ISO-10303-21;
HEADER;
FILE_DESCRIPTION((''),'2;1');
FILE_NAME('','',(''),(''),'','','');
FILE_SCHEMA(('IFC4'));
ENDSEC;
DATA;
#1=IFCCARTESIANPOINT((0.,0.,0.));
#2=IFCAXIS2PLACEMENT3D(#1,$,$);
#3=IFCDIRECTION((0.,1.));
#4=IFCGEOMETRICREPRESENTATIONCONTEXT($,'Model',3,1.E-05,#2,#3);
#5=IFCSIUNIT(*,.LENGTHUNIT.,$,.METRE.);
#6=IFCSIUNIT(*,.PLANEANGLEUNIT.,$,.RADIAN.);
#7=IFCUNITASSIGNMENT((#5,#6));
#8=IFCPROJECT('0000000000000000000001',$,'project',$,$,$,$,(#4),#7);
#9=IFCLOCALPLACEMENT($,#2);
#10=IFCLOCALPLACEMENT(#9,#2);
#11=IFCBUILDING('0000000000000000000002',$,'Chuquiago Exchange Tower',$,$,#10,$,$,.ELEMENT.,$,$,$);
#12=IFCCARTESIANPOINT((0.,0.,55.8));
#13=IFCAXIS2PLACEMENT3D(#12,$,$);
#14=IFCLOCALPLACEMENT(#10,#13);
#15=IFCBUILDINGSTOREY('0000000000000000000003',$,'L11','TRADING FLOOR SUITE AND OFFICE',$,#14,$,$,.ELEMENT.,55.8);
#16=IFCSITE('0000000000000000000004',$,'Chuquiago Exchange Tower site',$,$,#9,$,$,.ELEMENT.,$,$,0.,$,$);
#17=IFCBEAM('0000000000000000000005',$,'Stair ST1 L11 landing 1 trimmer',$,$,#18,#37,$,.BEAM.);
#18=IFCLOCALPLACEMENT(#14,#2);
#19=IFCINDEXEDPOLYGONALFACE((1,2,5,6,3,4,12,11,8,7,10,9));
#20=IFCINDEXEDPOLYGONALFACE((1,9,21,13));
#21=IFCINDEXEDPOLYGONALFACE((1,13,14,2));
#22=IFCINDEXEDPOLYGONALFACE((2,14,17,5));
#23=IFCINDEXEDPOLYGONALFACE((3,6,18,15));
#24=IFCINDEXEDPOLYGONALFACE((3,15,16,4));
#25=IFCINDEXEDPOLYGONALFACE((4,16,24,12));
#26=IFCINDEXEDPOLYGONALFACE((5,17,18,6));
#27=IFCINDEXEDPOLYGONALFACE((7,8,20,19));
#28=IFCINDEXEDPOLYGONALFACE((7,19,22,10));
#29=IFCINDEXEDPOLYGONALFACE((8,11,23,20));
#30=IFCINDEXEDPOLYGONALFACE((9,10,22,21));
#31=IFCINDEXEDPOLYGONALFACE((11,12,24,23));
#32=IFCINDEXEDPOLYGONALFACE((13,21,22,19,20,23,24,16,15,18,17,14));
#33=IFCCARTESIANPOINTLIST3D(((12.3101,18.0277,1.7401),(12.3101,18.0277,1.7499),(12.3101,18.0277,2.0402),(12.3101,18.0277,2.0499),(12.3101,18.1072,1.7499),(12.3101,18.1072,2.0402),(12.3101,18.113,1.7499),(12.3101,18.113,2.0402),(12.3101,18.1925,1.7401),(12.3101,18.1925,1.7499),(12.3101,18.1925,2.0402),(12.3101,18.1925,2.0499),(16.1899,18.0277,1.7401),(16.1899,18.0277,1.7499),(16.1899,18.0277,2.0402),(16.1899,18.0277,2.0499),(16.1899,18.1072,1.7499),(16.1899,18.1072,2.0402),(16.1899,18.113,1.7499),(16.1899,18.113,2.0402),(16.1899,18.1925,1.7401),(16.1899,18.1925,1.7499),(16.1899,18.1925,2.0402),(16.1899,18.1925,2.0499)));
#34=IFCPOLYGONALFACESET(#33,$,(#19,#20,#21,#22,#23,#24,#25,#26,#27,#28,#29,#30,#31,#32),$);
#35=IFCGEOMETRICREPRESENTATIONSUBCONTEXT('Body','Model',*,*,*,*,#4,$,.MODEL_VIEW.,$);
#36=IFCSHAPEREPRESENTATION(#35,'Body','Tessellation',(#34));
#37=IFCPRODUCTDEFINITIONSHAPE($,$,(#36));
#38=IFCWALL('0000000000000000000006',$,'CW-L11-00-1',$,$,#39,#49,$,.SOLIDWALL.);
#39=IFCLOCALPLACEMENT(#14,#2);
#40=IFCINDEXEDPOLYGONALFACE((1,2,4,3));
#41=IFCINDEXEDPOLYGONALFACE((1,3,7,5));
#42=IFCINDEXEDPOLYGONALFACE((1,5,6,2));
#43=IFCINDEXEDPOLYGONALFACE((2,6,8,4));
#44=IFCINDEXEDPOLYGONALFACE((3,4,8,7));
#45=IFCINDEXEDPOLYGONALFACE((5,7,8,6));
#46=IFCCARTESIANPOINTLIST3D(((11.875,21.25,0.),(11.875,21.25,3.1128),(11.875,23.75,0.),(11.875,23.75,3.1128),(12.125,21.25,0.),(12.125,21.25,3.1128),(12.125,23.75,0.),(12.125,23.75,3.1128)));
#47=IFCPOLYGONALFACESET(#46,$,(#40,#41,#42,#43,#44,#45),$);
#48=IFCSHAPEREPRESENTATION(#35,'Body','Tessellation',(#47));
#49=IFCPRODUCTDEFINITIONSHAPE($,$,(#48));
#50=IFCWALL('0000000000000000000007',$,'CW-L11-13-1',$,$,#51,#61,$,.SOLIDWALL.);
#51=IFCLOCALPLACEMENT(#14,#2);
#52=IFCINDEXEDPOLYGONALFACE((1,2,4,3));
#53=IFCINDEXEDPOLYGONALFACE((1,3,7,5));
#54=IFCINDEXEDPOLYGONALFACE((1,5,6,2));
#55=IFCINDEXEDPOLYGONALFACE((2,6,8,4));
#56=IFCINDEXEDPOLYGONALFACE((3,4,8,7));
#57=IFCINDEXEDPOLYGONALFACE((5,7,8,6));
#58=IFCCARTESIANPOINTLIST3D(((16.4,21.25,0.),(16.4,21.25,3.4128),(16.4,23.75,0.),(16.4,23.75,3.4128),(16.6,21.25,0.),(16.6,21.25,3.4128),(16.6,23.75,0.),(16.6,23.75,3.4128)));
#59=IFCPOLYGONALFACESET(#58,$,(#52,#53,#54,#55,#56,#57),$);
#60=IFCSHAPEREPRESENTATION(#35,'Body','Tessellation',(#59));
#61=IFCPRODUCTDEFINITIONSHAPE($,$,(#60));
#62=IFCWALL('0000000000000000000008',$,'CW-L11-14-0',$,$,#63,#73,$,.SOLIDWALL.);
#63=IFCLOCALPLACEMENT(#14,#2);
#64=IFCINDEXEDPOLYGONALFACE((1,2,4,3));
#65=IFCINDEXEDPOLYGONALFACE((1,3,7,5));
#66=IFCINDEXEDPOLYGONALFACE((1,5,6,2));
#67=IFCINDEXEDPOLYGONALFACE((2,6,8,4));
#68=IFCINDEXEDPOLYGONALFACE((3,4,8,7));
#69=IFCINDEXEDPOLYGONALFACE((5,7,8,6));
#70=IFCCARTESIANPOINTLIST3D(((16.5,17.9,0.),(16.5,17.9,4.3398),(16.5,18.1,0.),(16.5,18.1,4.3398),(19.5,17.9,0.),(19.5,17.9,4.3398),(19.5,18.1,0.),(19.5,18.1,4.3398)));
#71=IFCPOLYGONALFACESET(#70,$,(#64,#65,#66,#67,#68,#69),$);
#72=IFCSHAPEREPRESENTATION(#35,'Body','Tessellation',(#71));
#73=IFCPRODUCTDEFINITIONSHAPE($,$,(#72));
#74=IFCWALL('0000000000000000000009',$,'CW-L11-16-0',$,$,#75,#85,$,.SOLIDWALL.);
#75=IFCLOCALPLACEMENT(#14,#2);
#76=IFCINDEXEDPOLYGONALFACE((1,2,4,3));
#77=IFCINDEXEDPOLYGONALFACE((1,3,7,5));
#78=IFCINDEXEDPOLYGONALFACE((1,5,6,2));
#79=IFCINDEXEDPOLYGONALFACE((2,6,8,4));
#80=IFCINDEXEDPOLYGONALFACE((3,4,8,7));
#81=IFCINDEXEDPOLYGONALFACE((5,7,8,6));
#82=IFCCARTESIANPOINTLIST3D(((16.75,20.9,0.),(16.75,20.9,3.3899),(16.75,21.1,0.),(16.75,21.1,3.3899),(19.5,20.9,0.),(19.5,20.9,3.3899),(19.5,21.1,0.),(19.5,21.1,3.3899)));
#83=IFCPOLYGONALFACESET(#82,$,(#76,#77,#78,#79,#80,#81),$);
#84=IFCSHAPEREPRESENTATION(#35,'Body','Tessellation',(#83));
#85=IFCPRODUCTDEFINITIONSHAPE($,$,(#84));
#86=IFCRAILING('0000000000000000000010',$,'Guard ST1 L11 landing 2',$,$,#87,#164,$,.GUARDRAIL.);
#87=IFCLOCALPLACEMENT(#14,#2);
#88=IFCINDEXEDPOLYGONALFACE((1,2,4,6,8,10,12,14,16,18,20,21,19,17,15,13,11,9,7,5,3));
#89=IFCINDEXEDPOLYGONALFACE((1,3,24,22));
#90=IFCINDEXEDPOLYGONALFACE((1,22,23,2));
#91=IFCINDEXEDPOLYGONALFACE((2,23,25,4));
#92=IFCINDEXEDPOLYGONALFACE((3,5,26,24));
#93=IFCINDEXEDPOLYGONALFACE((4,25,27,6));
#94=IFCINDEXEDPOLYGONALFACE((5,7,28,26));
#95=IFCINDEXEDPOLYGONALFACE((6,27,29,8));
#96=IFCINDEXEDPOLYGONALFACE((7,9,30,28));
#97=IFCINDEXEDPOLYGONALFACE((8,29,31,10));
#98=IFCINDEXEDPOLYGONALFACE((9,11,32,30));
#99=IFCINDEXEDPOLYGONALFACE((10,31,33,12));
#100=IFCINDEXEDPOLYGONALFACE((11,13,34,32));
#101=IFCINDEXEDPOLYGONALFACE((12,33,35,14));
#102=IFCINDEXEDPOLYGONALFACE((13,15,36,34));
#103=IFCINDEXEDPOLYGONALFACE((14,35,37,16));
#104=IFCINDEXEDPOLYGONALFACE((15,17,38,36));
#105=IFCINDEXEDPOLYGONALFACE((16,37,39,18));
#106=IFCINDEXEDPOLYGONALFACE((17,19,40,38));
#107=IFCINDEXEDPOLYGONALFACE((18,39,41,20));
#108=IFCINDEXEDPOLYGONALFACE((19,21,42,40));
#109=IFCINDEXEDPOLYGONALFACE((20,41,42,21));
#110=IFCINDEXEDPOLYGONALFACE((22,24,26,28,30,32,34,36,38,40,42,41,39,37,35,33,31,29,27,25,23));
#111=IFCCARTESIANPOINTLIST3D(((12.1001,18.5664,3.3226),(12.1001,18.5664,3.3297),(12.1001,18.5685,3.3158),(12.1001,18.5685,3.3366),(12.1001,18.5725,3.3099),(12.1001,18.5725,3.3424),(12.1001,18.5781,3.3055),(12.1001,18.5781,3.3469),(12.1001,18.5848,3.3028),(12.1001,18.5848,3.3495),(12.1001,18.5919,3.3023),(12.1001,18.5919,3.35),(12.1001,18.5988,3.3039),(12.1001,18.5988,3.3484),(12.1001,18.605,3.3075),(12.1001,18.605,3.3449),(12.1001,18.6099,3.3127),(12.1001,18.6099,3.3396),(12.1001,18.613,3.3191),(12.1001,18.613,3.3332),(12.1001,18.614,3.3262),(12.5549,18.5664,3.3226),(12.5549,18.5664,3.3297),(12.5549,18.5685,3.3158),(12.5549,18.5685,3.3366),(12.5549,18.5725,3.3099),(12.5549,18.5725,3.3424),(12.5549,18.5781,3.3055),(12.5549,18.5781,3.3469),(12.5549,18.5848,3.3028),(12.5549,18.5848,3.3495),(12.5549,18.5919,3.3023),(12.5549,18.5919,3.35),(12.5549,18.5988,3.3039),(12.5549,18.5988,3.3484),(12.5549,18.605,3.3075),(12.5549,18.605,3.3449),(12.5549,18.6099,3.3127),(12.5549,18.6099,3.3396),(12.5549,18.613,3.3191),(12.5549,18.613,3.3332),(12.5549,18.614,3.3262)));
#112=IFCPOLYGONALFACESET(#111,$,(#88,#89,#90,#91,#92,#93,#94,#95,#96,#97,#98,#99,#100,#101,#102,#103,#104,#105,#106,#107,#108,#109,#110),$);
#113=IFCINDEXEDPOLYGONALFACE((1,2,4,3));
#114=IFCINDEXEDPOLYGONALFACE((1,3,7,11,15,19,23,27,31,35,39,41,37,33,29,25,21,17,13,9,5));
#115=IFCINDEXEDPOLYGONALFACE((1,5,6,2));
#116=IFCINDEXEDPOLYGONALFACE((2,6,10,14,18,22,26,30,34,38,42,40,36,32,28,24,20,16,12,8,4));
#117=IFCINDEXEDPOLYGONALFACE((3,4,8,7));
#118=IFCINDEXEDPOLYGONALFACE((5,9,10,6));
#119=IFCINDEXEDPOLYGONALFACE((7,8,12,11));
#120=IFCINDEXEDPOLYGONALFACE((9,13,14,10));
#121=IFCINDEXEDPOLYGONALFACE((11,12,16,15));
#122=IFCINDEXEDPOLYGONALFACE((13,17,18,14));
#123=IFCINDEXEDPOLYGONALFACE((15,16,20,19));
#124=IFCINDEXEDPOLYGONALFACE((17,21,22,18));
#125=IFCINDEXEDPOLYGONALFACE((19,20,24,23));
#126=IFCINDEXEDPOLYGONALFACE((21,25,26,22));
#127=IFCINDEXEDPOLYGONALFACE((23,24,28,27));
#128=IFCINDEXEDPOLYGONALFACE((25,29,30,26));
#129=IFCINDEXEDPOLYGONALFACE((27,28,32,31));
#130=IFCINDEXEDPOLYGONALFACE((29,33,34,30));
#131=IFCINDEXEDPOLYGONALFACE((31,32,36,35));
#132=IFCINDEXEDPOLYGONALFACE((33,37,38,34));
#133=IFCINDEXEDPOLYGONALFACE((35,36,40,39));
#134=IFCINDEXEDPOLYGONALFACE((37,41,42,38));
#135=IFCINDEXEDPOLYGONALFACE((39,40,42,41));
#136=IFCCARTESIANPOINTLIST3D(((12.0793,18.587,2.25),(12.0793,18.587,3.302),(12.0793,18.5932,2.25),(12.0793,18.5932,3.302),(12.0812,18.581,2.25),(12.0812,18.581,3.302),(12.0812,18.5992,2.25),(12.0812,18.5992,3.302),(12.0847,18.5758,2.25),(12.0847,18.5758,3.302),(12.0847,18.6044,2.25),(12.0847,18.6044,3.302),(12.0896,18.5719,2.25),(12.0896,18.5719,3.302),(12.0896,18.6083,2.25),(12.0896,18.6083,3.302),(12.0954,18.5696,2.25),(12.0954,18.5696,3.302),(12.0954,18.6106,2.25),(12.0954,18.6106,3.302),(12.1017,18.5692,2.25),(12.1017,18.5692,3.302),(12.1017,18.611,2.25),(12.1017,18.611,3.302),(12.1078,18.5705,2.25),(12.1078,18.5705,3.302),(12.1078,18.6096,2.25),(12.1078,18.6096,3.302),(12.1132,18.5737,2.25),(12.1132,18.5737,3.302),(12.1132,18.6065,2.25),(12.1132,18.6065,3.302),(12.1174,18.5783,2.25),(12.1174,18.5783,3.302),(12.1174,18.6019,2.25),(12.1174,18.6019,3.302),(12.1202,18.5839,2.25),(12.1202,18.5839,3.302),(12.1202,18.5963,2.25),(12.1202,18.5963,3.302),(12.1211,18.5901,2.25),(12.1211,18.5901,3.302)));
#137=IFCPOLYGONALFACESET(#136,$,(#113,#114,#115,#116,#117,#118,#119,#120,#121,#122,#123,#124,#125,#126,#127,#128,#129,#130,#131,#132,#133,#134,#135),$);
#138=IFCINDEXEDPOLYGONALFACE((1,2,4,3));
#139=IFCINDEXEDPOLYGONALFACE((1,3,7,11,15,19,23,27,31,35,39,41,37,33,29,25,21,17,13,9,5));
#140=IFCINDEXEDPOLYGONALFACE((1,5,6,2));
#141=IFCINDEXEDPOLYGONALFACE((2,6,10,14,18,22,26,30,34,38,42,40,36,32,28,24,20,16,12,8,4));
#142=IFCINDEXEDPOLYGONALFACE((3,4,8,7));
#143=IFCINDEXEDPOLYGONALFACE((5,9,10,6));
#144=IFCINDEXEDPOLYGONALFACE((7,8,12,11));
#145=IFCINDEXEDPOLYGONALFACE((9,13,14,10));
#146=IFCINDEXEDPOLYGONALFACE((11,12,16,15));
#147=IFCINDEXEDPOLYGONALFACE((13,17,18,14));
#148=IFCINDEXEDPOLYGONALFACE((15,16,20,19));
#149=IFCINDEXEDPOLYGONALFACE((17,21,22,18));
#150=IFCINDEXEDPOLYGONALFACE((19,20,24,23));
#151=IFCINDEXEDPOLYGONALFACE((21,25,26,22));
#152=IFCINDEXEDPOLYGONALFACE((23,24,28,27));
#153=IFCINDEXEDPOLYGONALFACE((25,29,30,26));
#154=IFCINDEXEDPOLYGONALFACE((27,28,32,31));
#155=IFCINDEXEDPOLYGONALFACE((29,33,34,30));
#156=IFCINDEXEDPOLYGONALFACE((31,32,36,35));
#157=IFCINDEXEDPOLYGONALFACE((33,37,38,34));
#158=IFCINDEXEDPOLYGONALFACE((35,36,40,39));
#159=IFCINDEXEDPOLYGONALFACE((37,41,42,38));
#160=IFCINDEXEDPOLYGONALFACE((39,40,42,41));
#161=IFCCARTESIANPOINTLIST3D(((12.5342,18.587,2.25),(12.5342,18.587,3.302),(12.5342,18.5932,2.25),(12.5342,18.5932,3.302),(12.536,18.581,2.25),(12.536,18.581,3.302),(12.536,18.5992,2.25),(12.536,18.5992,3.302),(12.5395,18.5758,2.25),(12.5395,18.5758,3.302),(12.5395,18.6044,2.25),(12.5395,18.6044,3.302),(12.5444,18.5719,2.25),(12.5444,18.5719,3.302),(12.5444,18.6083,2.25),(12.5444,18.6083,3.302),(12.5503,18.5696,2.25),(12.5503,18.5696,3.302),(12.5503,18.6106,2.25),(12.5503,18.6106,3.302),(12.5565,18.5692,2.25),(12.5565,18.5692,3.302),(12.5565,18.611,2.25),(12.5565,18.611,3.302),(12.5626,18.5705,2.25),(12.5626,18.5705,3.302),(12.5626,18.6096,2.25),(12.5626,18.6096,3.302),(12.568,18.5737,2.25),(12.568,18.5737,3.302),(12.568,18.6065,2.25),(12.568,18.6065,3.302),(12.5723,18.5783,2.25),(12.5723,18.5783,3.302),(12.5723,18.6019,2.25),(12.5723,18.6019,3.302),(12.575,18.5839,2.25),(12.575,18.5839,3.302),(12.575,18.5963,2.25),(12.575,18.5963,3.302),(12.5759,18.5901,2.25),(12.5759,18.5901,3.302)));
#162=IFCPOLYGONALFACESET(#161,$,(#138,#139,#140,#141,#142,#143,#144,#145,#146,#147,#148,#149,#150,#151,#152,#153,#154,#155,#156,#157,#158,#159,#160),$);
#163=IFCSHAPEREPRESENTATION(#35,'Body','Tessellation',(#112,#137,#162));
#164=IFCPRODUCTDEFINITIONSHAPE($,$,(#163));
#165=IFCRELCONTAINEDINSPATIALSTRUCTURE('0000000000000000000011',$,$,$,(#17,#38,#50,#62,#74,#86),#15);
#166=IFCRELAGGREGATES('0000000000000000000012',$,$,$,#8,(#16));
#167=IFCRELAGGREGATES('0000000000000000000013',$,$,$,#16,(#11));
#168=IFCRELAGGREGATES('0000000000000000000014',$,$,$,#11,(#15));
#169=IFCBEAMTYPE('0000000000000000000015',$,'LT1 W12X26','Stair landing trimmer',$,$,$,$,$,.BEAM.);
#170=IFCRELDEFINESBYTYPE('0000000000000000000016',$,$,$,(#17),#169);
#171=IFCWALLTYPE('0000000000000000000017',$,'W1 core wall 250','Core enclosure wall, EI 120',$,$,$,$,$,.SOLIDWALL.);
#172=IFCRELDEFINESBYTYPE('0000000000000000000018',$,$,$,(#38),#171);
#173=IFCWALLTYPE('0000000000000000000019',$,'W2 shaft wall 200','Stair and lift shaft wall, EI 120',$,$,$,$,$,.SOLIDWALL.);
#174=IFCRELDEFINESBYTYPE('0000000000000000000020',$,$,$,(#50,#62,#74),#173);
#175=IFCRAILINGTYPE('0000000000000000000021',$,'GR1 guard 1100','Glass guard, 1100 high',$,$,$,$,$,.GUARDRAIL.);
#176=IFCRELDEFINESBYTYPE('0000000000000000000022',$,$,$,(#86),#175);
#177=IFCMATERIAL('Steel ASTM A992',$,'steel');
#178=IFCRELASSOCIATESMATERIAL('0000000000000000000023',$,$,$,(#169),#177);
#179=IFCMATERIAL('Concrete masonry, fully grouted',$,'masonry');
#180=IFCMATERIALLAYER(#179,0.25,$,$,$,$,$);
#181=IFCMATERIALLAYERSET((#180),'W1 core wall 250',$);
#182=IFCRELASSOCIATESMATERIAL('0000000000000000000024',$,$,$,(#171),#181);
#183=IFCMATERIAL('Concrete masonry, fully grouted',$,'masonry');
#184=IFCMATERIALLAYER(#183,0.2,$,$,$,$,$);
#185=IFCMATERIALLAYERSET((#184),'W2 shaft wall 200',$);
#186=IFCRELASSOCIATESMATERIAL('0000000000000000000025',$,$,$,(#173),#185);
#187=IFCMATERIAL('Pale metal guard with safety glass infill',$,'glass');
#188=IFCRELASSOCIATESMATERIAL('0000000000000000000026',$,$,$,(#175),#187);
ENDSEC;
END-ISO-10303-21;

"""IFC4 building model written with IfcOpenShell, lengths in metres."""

from ifc_helpers import new_model, si_unit, direction, frame, frame_2d, origin, origin_2d, place, context, subcontext, project, spatial, rectangle, circle, i_section, extrude, material, layer, layer_set, material_profile, profile_set, type_object, element, save


model = new_model("IFC4")

# Units and contexts
model_context = context("Model", 3, precision=1e-05, world=origin(), true_north=direction((0.0, 1.0)))
body_context = subcontext(model_context, "Body", "Model", "MODEL_VIEW")
ifc_project = project(units=[si_unit("LENGTHUNIT", "METRE"), si_unit("PLANEANGLEUNIT", "RADIAN")], contexts=[model_context])

# Site, building, storey
site_placement = place(None, origin())
site = spatial("IfcSite", under=ifc_project, at=site_placement, Name="Chuquiago Exchange Tower site", CompositionType="ELEMENT", RefElevation=0.0)
building_placement = place(site_placement, origin())
building = spatial("IfcBuilding", under=site, at=building_placement, Name="Chuquiago Exchange Tower", CompositionType="ELEMENT")
storey_placement = place(building_placement, frame((0.0, 0.0, 55.8)))
storey = spatial("IfcBuildingStorey", under=building, at=storey_placement, Name="L11", Description="TRADING FLOOR SUITE AND OFFICE", CompositionType="ELEMENT", Elevation=55.8)

# Beam
ifc_material_1 = material(Name="Steel ASTM A992", Category="steel")
ifc_material_profile_1 = material_profile(ifc_material_1, i_section(OverallWidth=0.1648, OverallDepth=0.3098, WebThickness=0.0059, FlangeThickness=0.0098, at=origin_2d()), Name="W12X26")
ifc_profile_set_1 = profile_set([ifc_material_profile_1], Name="Steel ASTM A992")
beam_type_1 = type_object("IfcBeamType", Name="LT1 W12X26", Description="Stair landing trimmer", PredefinedType="BEAM", material=ifc_profile_set_1)
beam_1_placement = place(storey_placement, frame((12.3101, 18.1101, 1.895), z_axis=(1.0, 0.0, 0.0), x_axis=(0.0, 1.0, 0.0)))
element("IfcBeam", 1, at=beam_1_placement, inside=storey, type_object=beam_type_1, Name="Stair ST1 L11 landing 1 trimmer", PredefinedType="BEAM", context=body_context, shape_type="SweptSolid", body=[
    extrude(i_section(OverallWidth=0.1648, OverallDepth=0.3098, WebThickness=0.0059, FlangeThickness=0.0098, at=origin_2d()), origin(), (0.0, 0.0, 1.0), 3.8799),
])

# Walls
ifc_material_2 = material(Name="Concrete masonry, fully grouted", Category="masonry")
ifc_layer_1 = layer(ifc_material_2, 0.25)
ifc_layer_set_1 = layer_set([ifc_layer_1], Name="W1 core wall 250")
wall_type_1 = type_object("IfcWallType", Name="W1 core wall 250", Description="Core enclosure wall, EI 120", PredefinedType="SOLIDWALL", material=ifc_layer_set_1)
wall_1_placement = place(storey_placement, frame((12.0, 21.25, 0.0), z_axis=(0.0, 0.0, 1.0), x_axis=(0.0, 1.0, 0.0)))
element("IfcWall", 2, at=wall_1_placement, inside=storey, type_object=wall_type_1, Name="CW-L11-00-1", PredefinedType="SOLIDWALL", context=body_context, shape_type="SweptSolid", body=[
    extrude(rectangle(XDim=2.5, YDim=0.25, at=frame_2d((1.25, 0.0))), origin(), (0.0, 0.0, 1.0), 3.1128),
])
ifc_material_3 = material(Name="Concrete masonry, fully grouted", Category="masonry")
ifc_layer_2 = layer(ifc_material_3, 0.2)
ifc_layer_set_2 = layer_set([ifc_layer_2], Name="W2 shaft wall 200")
wall_type_2 = type_object("IfcWallType", Name="W2 shaft wall 200", Description="Stair and lift shaft wall, EI 120", PredefinedType="SOLIDWALL", material=ifc_layer_set_2)
wall_2_placement = place(storey_placement, frame((16.5, 21.25, 0.0), z_axis=(0.0, 0.0, 1.0), x_axis=(0.0, 1.0, 0.0)))
element("IfcWall", 3, at=wall_2_placement, inside=storey, type_object=wall_type_2, Name="CW-L11-13-1", PredefinedType="SOLIDWALL", context=body_context, shape_type="SweptSolid", body=[
    extrude(rectangle(XDim=2.5, YDim=0.2, at=frame_2d((1.25, 0.0))), origin(), (0.0, 0.0, 1.0), 3.4128),
])
wall_3_placement = place(storey_placement, frame((16.5, 18.0, 0.0), z_axis=(0.0, 0.0, 1.0), x_axis=(1.0, 0.0, 0.0)))
element("IfcWall", 4, at=wall_3_placement, inside=storey, type_object=wall_type_2, Name="CW-L11-14-0", PredefinedType="SOLIDWALL", context=body_context, shape_type="SweptSolid", body=[
    extrude(rectangle(XDim=3.0, YDim=0.2, at=frame_2d((1.5, 0.0))), origin(), (0.0, 0.0, 1.0), 4.3398),
])
wall_4_placement = place(storey_placement, frame((16.75, 21.0, 0.0), z_axis=(0.0, 0.0, 1.0), x_axis=(1.0, 0.0, 0.0)))
element("IfcWall", 5, at=wall_4_placement, inside=storey, type_object=wall_type_2, Name="CW-L11-16-0", PredefinedType="SOLIDWALL", context=body_context, shape_type="SweptSolid", body=[
    extrude(rectangle(XDim=2.75, YDim=0.2, at=frame_2d((1.375, 0.0))), origin(), (0.0, 0.0, 1.0), 3.3899),
])

# Railing
ifc_material_4 = material(Name="Pale metal guard with safety glass infill", Category="glass")
railing_type_1 = type_object("IfcRailingType", Name="GR1 guard 1100", Description="Glass guard, 1100 high", PredefinedType="GUARDRAIL", material=ifc_material_4)
for number, where, name in (
    (6, (12.1001, 18.5901, 2.25), "Guard ST1 L11 landing 2"),
):
    element("IfcRailing", number, at=place(storey_placement, frame(where)), inside=storey, type_object=railing_type_1, Name=name, PredefinedType="GUARDRAIL", context=body_context, shape_type="SweptSolid", body=[
        extrude(circle(Radius=0.0239, at=origin_2d()), frame((0.0, 0.0, 1.0762), z_axis=(1.0, 0.0, 0.0), x_axis=(0.0, 1.0, 0.0)), (0.0, 0.0, 1.0), 0.4548),
        extrude(circle(Radius=0.021, at=origin_2d()), origin(), (0.0, 0.0, 1.0), 1.052),
        extrude(circle(Radius=0.021, at=origin_2d()), frame((0.4548, 0.0, 0.0)), (0.0, 0.0, 1.0), 1.052),
    ])

save(model, "model.ifc")
